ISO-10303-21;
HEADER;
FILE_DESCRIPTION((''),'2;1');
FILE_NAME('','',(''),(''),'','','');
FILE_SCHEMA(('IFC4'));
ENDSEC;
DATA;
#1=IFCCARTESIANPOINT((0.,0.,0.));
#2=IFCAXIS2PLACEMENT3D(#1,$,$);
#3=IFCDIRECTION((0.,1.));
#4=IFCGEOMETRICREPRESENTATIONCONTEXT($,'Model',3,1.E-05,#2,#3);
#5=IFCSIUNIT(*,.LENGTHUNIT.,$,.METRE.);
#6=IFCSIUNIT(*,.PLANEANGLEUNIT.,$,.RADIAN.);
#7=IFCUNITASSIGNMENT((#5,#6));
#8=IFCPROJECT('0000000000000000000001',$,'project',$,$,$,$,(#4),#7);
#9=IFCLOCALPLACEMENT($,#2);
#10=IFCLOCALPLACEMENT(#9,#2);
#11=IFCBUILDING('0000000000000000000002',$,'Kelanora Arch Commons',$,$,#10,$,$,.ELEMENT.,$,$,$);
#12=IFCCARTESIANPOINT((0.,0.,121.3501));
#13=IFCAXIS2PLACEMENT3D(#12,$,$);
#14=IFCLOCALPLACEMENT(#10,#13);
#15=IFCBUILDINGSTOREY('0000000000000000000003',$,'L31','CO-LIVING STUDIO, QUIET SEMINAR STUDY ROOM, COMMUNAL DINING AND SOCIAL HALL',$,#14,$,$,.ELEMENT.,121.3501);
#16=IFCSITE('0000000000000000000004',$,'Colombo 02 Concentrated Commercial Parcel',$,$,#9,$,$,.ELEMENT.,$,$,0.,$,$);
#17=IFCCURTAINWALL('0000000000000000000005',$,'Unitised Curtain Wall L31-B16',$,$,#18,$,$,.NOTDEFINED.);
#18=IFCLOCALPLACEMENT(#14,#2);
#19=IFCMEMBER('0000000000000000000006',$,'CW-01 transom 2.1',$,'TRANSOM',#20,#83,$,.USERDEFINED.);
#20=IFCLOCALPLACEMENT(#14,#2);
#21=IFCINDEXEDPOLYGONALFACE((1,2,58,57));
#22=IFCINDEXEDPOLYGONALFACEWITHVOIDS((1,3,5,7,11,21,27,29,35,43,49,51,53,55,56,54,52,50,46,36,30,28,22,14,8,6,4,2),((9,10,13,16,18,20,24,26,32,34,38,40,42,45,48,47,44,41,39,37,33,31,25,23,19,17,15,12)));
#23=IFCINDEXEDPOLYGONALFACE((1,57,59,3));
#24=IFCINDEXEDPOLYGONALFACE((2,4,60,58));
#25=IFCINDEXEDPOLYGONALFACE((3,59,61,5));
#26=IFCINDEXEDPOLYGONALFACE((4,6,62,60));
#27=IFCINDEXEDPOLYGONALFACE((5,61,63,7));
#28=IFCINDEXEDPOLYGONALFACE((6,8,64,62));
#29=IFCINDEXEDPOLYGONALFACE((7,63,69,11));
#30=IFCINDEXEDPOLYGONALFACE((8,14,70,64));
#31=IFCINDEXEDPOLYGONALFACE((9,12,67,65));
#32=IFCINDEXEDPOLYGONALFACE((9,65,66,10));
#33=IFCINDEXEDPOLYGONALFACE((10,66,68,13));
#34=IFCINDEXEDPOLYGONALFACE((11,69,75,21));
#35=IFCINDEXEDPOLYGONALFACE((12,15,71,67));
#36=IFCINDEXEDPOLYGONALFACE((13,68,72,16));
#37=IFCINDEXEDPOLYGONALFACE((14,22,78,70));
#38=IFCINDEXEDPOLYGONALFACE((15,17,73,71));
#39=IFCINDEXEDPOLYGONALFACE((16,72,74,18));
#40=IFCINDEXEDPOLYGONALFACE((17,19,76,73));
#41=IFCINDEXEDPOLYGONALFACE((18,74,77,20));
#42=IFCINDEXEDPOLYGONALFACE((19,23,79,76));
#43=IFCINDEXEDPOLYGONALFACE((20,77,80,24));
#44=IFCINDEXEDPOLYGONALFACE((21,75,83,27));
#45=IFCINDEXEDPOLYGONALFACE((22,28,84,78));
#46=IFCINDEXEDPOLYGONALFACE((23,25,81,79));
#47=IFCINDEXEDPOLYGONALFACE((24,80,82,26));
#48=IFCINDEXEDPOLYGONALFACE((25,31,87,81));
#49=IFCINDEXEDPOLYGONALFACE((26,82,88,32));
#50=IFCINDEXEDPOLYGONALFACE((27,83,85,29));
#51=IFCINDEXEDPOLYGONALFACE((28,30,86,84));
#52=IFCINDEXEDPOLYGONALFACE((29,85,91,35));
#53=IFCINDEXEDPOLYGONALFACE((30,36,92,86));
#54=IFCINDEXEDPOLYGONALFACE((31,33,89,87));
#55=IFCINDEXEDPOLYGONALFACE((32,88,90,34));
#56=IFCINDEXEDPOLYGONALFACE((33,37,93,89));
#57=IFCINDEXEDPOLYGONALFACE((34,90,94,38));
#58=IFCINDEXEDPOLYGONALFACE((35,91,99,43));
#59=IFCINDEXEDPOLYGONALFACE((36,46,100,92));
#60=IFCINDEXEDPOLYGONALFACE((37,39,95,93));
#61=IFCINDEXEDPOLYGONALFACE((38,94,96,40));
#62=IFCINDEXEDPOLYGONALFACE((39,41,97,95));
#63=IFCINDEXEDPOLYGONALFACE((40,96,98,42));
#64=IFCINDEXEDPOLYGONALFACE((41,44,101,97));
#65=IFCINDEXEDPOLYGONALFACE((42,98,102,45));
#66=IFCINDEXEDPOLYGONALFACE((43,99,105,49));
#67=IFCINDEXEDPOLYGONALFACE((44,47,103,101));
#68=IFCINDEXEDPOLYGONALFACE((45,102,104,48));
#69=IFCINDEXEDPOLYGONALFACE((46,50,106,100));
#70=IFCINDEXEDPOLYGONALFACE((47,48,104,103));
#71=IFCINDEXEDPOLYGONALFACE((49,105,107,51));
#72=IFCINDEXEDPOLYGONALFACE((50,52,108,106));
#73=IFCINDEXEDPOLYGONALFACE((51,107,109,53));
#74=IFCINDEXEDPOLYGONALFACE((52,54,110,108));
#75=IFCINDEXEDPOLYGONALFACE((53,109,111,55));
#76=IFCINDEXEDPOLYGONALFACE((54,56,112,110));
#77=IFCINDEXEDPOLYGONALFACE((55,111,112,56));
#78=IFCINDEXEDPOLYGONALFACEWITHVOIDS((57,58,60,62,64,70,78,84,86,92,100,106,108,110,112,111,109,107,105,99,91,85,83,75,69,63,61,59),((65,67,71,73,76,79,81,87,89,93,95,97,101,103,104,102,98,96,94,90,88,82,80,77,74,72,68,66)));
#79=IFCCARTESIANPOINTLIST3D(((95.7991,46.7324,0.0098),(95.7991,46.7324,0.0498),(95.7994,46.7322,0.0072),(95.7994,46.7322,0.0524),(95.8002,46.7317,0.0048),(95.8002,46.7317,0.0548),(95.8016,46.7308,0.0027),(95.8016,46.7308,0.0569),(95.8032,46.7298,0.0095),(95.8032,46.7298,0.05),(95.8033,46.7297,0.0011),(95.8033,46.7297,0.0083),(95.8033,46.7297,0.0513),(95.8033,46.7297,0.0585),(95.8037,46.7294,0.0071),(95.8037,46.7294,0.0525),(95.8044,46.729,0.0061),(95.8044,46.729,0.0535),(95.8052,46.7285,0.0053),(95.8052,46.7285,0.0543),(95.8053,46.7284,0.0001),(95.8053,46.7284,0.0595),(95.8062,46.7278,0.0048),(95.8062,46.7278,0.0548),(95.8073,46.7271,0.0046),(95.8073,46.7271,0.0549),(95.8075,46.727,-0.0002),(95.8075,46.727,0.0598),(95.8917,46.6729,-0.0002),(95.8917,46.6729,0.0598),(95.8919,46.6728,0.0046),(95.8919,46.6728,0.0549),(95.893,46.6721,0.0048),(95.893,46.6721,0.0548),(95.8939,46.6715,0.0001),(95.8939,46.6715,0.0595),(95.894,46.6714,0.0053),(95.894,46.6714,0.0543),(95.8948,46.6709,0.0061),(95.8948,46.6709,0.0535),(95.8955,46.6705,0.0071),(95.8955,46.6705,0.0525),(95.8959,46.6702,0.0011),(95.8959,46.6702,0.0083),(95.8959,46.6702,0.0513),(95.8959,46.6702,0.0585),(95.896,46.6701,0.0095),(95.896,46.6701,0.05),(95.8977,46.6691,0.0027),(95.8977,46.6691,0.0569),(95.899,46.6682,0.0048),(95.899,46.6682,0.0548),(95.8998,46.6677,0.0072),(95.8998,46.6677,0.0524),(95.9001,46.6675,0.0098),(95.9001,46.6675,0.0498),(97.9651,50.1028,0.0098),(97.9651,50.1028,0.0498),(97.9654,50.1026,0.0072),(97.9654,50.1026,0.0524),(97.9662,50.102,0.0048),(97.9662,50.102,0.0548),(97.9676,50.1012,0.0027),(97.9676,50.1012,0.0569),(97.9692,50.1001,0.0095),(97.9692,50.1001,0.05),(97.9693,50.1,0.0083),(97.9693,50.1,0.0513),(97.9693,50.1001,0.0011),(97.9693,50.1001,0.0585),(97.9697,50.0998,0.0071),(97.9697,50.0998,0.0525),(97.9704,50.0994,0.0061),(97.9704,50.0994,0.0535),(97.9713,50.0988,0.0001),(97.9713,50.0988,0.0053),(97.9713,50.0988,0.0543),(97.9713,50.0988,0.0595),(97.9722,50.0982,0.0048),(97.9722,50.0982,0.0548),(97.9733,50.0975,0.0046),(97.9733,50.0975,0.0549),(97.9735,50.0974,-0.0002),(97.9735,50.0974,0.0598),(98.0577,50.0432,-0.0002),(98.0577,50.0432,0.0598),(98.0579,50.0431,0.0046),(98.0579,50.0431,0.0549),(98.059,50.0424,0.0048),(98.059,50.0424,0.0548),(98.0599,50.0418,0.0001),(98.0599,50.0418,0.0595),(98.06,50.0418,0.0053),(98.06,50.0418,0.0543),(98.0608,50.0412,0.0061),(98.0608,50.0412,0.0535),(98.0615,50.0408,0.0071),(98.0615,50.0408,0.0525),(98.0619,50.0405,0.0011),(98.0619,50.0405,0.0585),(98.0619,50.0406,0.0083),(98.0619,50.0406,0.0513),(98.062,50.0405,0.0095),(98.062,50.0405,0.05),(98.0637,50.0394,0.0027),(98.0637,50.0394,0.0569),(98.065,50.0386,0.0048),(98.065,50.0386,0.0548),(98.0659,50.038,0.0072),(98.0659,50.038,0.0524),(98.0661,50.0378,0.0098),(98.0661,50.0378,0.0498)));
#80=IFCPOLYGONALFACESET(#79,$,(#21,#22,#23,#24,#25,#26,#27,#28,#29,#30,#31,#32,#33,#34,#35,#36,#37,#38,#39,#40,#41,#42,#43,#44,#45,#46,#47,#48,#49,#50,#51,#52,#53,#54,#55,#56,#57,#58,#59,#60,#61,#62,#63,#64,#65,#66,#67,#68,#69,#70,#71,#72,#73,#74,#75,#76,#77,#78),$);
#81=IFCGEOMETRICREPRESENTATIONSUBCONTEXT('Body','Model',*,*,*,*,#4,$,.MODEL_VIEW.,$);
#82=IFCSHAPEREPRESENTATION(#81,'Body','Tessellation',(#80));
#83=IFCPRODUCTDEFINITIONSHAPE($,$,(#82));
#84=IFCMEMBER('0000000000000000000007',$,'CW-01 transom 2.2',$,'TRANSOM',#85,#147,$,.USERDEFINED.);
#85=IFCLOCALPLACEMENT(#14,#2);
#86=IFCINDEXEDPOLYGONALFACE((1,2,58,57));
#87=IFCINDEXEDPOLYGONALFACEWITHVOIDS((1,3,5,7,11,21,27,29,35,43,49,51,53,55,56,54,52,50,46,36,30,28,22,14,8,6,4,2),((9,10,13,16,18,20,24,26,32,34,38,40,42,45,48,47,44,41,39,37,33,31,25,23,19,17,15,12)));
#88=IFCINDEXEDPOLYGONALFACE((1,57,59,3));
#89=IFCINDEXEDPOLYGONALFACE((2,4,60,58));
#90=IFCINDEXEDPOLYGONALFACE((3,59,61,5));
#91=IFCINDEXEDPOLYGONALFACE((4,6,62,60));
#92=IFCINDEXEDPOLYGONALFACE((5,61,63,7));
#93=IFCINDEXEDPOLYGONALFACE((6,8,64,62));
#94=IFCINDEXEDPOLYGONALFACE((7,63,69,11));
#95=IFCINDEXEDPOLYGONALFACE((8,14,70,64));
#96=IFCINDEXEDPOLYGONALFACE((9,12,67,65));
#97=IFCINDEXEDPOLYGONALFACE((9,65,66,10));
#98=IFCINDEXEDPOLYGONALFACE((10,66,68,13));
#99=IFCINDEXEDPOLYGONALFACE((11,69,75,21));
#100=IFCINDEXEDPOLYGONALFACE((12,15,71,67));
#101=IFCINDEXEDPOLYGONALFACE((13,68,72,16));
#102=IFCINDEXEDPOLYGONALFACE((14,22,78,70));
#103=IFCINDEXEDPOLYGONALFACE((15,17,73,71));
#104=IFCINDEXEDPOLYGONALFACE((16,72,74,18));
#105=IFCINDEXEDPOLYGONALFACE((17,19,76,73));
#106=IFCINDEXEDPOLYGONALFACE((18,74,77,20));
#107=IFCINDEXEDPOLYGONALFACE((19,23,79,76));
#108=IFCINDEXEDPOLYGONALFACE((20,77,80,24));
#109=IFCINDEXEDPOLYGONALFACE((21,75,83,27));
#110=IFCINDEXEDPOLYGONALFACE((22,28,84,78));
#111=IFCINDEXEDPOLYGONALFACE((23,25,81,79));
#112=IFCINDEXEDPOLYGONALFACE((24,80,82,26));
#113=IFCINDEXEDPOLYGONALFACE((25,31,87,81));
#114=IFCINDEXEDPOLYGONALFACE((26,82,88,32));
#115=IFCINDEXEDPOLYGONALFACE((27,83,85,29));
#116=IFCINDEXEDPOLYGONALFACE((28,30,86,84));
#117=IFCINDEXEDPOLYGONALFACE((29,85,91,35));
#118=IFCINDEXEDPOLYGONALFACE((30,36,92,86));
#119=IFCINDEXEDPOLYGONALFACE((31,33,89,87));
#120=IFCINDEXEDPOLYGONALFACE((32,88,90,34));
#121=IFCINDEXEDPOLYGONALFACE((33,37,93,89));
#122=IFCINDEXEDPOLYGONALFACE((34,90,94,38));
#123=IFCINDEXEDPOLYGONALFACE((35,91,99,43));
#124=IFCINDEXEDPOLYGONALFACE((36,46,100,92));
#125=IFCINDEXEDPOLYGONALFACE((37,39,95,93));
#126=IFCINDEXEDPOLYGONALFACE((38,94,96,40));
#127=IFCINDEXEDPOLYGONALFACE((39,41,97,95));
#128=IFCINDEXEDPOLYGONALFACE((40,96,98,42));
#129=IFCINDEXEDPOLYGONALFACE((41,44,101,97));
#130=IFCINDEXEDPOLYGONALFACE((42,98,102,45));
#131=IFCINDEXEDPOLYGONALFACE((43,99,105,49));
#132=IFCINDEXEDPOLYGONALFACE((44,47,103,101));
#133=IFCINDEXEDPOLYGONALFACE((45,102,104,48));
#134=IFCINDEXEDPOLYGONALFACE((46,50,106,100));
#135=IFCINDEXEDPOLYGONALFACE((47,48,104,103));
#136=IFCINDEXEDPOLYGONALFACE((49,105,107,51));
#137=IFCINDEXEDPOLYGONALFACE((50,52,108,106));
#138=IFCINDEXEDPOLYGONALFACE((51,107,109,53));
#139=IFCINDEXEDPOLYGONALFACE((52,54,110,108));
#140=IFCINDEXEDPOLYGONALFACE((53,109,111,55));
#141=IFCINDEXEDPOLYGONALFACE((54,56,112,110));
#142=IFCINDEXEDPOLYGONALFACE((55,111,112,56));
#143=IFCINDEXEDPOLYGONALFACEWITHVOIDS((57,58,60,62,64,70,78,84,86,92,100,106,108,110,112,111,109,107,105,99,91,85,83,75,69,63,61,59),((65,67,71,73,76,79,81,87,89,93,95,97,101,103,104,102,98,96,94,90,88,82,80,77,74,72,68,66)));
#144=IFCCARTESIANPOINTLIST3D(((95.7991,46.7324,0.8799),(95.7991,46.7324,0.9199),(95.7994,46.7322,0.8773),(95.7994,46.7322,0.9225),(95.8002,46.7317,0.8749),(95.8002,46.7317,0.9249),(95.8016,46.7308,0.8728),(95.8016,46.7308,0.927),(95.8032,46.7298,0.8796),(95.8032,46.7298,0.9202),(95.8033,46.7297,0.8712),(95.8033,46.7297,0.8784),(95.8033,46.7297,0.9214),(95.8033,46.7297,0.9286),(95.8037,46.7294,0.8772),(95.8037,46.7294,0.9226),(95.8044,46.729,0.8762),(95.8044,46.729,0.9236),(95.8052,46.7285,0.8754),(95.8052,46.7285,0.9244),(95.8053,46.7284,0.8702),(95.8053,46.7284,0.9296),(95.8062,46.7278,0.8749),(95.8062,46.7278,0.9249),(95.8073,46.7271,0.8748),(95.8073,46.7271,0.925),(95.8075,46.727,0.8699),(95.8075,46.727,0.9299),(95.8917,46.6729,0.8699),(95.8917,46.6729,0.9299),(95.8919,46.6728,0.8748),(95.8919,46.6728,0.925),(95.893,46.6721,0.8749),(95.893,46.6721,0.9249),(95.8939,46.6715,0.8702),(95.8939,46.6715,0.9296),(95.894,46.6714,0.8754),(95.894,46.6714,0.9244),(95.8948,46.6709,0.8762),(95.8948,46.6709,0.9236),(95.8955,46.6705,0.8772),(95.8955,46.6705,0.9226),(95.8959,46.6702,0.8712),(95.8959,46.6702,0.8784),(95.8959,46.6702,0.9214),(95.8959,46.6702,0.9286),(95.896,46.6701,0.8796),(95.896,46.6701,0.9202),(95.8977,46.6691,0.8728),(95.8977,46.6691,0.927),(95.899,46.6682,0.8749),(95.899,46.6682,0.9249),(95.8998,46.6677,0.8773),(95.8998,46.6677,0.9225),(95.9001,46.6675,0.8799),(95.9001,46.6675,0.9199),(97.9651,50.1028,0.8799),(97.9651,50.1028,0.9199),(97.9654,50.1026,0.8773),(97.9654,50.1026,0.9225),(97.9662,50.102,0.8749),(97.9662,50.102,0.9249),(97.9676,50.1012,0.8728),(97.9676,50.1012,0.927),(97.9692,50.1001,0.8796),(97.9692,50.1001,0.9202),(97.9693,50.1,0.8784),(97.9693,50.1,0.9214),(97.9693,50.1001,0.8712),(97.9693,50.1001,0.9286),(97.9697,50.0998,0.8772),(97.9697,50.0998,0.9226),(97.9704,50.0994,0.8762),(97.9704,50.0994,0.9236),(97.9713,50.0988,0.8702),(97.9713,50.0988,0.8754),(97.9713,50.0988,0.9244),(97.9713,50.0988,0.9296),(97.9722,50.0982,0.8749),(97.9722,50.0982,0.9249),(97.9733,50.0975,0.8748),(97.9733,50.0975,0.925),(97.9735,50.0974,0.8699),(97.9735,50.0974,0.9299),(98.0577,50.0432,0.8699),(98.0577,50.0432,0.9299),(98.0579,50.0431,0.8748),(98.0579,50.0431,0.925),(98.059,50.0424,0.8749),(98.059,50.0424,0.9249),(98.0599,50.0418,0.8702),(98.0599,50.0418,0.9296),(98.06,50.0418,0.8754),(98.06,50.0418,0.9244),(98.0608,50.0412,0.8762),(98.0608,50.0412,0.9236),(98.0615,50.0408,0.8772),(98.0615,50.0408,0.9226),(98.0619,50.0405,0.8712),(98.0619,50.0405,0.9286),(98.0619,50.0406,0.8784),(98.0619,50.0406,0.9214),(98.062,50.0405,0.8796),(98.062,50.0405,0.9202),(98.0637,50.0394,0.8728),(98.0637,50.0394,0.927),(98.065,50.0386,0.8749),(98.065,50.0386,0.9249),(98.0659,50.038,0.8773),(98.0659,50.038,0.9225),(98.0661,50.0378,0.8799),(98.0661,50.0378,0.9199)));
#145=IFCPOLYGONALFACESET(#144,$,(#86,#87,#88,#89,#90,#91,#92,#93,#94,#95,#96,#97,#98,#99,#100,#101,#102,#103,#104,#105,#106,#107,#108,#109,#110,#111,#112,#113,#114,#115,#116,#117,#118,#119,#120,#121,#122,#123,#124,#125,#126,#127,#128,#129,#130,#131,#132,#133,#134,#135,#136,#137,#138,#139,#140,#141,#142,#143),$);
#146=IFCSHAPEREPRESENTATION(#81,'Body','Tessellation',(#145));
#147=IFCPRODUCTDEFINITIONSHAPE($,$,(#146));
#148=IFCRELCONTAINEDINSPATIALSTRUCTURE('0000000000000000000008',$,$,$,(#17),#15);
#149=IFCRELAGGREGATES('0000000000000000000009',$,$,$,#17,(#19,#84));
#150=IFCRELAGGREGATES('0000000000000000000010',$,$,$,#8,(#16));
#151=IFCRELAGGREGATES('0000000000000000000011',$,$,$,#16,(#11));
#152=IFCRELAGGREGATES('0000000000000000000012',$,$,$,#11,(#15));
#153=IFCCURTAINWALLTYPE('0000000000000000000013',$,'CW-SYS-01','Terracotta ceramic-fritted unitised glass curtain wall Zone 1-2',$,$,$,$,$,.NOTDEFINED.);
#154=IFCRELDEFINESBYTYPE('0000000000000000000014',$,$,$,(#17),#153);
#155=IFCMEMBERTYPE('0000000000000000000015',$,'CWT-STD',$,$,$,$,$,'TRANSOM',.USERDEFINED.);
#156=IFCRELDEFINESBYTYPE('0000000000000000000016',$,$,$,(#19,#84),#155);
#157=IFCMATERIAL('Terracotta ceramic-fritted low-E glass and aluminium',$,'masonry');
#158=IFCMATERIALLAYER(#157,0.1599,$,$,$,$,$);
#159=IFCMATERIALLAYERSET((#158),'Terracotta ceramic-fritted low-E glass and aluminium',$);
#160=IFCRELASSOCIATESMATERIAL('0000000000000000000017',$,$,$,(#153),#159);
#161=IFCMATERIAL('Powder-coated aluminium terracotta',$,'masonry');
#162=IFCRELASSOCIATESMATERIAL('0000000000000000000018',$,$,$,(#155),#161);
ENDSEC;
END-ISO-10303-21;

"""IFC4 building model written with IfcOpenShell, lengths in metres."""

from ifc_helpers import new_model, si_unit, direction, frame, origin, origin_2d, place, context, subcontext, project, spatial, hollow_rectangle, extrude, material, layer, layer_set, material_profile, profile_set, type_object, element, aggregate, save


model = new_model("IFC4")

# Units and contexts
model_context = context("Model", 3, precision=1e-05, world=origin(), true_north=direction((0.0, 1.0)))
body_context = subcontext(model_context, "Body", "Model", "MODEL_VIEW")
ifc_project = project(units=[si_unit("LENGTHUNIT", "METRE"), si_unit("PLANEANGLEUNIT", "RADIAN")], contexts=[model_context])

# Site, building, storey
site_placement = place(None, origin())
site = spatial("IfcSite", under=ifc_project, at=site_placement, Name="Colombo 02 Concentrated Commercial Parcel", CompositionType="ELEMENT", RefElevation=0.0)
building_placement = place(site_placement, origin())
building = spatial("IfcBuilding", under=site, at=building_placement, Name="Kelanora Arch Commons", CompositionType="ELEMENT")
storey_placement = place(building_placement, frame((0.0, 0.0, 121.3501)))
storey = spatial("IfcBuildingStorey", under=building, at=storey_placement, Name="L31", Description="CO-LIVING STUDIO, QUIET SEMINAR STUDY ROOM, COMMUNAL DINING AND SOCIAL HALL", CompositionType="ELEMENT", Elevation=121.3501)

# Shared definitions
ifc_material_1 = material(Name="Terracotta ceramic-fritted low-E glass and aluminium", Category="masonry")
ifc_layer_1 = layer(ifc_material_1, 0.1599)
ifc_layer_set_1 = layer_set([ifc_layer_1], Name="Terracotta ceramic-fritted low-E glass and aluminium")
curtain_wall_type = type_object("IfcCurtainWallType", Name="CW-SYS-01", Description="Terracotta ceramic-fritted unitised glass curtain wall Zone 1-2", PredefinedType="NOTDEFINED", material=ifc_layer_set_1)
ifc_material_2 = material(Name="Powder-coated aluminium terracotta", Category="masonry")

# Curtain wall, members
curtain_wall_1_placement = place(storey_placement, origin())
curtain_wall_1 = element("IfcCurtainWall", 1, at=curtain_wall_1_placement, inside=storey, type_object=curtain_wall_type, Name="Unitised Curtain Wall L31-B16", PredefinedType="NOTDEFINED")
ifc_material_profile_1 = material_profile(ifc_material_2, hollow_rectangle(XDim=0.1201, YDim=0.0601, WallThickness=0.0049, InnerFilletRadius=0.0049, OuterFilletRadius=0.01, at=origin_2d()), Name="CWT120x60")
ifc_profile_set_1 = profile_set([ifc_material_profile_1], Name="Powder-coated aluminium terracotta")
member_type_1 = type_object("IfcMemberType", Name="CWT-STD", ElementType="TRANSOM", PredefinedType="USERDEFINED", material=ifc_profile_set_1)
member_1_placement = place(storey_placement, frame((95.8496, 46.7, 0.0298), z_axis=(0.540644, 0.841252, 0.0), x_axis=(-0.841252, 0.540644, 0.0)))
member_1 = element("IfcMember", 2, at=member_1_placement, type_object=member_type_1, Name="CW-01 transom 2.1", ObjectType="TRANSOM", PredefinedType="USERDEFINED", context=body_context, shape_type="SweptSolid", body=[
    extrude(hollow_rectangle(XDim=0.1201, YDim=0.0601, WallThickness=0.0049, InnerFilletRadius=0.0049, OuterFilletRadius=0.01, at=origin_2d()), origin(), (0.0, 0.0, 1.0), 4.0063),
])
member_2_placement = place(storey_placement, frame((95.8496, 46.7, 0.8999), z_axis=(0.540644, 0.841252, 0.0), x_axis=(-0.841252, 0.540644, 0.0)))
member_2 = element("IfcMember", 3, at=member_2_placement, type_object=member_type_1, Name="CW-01 transom 2.2", ObjectType="TRANSOM", PredefinedType="USERDEFINED", context=body_context, shape_type="SweptSolid", body=[
    extrude(hollow_rectangle(XDim=0.1201, YDim=0.0601, WallThickness=0.0049, InnerFilletRadius=0.0049, OuterFilletRadius=0.01, at=origin_2d()), origin(), (0.0, 0.0, 1.0), 4.0063),
])

aggregate(curtain_wall_1, [member_1, member_2])

save(model, "model.ifc")
